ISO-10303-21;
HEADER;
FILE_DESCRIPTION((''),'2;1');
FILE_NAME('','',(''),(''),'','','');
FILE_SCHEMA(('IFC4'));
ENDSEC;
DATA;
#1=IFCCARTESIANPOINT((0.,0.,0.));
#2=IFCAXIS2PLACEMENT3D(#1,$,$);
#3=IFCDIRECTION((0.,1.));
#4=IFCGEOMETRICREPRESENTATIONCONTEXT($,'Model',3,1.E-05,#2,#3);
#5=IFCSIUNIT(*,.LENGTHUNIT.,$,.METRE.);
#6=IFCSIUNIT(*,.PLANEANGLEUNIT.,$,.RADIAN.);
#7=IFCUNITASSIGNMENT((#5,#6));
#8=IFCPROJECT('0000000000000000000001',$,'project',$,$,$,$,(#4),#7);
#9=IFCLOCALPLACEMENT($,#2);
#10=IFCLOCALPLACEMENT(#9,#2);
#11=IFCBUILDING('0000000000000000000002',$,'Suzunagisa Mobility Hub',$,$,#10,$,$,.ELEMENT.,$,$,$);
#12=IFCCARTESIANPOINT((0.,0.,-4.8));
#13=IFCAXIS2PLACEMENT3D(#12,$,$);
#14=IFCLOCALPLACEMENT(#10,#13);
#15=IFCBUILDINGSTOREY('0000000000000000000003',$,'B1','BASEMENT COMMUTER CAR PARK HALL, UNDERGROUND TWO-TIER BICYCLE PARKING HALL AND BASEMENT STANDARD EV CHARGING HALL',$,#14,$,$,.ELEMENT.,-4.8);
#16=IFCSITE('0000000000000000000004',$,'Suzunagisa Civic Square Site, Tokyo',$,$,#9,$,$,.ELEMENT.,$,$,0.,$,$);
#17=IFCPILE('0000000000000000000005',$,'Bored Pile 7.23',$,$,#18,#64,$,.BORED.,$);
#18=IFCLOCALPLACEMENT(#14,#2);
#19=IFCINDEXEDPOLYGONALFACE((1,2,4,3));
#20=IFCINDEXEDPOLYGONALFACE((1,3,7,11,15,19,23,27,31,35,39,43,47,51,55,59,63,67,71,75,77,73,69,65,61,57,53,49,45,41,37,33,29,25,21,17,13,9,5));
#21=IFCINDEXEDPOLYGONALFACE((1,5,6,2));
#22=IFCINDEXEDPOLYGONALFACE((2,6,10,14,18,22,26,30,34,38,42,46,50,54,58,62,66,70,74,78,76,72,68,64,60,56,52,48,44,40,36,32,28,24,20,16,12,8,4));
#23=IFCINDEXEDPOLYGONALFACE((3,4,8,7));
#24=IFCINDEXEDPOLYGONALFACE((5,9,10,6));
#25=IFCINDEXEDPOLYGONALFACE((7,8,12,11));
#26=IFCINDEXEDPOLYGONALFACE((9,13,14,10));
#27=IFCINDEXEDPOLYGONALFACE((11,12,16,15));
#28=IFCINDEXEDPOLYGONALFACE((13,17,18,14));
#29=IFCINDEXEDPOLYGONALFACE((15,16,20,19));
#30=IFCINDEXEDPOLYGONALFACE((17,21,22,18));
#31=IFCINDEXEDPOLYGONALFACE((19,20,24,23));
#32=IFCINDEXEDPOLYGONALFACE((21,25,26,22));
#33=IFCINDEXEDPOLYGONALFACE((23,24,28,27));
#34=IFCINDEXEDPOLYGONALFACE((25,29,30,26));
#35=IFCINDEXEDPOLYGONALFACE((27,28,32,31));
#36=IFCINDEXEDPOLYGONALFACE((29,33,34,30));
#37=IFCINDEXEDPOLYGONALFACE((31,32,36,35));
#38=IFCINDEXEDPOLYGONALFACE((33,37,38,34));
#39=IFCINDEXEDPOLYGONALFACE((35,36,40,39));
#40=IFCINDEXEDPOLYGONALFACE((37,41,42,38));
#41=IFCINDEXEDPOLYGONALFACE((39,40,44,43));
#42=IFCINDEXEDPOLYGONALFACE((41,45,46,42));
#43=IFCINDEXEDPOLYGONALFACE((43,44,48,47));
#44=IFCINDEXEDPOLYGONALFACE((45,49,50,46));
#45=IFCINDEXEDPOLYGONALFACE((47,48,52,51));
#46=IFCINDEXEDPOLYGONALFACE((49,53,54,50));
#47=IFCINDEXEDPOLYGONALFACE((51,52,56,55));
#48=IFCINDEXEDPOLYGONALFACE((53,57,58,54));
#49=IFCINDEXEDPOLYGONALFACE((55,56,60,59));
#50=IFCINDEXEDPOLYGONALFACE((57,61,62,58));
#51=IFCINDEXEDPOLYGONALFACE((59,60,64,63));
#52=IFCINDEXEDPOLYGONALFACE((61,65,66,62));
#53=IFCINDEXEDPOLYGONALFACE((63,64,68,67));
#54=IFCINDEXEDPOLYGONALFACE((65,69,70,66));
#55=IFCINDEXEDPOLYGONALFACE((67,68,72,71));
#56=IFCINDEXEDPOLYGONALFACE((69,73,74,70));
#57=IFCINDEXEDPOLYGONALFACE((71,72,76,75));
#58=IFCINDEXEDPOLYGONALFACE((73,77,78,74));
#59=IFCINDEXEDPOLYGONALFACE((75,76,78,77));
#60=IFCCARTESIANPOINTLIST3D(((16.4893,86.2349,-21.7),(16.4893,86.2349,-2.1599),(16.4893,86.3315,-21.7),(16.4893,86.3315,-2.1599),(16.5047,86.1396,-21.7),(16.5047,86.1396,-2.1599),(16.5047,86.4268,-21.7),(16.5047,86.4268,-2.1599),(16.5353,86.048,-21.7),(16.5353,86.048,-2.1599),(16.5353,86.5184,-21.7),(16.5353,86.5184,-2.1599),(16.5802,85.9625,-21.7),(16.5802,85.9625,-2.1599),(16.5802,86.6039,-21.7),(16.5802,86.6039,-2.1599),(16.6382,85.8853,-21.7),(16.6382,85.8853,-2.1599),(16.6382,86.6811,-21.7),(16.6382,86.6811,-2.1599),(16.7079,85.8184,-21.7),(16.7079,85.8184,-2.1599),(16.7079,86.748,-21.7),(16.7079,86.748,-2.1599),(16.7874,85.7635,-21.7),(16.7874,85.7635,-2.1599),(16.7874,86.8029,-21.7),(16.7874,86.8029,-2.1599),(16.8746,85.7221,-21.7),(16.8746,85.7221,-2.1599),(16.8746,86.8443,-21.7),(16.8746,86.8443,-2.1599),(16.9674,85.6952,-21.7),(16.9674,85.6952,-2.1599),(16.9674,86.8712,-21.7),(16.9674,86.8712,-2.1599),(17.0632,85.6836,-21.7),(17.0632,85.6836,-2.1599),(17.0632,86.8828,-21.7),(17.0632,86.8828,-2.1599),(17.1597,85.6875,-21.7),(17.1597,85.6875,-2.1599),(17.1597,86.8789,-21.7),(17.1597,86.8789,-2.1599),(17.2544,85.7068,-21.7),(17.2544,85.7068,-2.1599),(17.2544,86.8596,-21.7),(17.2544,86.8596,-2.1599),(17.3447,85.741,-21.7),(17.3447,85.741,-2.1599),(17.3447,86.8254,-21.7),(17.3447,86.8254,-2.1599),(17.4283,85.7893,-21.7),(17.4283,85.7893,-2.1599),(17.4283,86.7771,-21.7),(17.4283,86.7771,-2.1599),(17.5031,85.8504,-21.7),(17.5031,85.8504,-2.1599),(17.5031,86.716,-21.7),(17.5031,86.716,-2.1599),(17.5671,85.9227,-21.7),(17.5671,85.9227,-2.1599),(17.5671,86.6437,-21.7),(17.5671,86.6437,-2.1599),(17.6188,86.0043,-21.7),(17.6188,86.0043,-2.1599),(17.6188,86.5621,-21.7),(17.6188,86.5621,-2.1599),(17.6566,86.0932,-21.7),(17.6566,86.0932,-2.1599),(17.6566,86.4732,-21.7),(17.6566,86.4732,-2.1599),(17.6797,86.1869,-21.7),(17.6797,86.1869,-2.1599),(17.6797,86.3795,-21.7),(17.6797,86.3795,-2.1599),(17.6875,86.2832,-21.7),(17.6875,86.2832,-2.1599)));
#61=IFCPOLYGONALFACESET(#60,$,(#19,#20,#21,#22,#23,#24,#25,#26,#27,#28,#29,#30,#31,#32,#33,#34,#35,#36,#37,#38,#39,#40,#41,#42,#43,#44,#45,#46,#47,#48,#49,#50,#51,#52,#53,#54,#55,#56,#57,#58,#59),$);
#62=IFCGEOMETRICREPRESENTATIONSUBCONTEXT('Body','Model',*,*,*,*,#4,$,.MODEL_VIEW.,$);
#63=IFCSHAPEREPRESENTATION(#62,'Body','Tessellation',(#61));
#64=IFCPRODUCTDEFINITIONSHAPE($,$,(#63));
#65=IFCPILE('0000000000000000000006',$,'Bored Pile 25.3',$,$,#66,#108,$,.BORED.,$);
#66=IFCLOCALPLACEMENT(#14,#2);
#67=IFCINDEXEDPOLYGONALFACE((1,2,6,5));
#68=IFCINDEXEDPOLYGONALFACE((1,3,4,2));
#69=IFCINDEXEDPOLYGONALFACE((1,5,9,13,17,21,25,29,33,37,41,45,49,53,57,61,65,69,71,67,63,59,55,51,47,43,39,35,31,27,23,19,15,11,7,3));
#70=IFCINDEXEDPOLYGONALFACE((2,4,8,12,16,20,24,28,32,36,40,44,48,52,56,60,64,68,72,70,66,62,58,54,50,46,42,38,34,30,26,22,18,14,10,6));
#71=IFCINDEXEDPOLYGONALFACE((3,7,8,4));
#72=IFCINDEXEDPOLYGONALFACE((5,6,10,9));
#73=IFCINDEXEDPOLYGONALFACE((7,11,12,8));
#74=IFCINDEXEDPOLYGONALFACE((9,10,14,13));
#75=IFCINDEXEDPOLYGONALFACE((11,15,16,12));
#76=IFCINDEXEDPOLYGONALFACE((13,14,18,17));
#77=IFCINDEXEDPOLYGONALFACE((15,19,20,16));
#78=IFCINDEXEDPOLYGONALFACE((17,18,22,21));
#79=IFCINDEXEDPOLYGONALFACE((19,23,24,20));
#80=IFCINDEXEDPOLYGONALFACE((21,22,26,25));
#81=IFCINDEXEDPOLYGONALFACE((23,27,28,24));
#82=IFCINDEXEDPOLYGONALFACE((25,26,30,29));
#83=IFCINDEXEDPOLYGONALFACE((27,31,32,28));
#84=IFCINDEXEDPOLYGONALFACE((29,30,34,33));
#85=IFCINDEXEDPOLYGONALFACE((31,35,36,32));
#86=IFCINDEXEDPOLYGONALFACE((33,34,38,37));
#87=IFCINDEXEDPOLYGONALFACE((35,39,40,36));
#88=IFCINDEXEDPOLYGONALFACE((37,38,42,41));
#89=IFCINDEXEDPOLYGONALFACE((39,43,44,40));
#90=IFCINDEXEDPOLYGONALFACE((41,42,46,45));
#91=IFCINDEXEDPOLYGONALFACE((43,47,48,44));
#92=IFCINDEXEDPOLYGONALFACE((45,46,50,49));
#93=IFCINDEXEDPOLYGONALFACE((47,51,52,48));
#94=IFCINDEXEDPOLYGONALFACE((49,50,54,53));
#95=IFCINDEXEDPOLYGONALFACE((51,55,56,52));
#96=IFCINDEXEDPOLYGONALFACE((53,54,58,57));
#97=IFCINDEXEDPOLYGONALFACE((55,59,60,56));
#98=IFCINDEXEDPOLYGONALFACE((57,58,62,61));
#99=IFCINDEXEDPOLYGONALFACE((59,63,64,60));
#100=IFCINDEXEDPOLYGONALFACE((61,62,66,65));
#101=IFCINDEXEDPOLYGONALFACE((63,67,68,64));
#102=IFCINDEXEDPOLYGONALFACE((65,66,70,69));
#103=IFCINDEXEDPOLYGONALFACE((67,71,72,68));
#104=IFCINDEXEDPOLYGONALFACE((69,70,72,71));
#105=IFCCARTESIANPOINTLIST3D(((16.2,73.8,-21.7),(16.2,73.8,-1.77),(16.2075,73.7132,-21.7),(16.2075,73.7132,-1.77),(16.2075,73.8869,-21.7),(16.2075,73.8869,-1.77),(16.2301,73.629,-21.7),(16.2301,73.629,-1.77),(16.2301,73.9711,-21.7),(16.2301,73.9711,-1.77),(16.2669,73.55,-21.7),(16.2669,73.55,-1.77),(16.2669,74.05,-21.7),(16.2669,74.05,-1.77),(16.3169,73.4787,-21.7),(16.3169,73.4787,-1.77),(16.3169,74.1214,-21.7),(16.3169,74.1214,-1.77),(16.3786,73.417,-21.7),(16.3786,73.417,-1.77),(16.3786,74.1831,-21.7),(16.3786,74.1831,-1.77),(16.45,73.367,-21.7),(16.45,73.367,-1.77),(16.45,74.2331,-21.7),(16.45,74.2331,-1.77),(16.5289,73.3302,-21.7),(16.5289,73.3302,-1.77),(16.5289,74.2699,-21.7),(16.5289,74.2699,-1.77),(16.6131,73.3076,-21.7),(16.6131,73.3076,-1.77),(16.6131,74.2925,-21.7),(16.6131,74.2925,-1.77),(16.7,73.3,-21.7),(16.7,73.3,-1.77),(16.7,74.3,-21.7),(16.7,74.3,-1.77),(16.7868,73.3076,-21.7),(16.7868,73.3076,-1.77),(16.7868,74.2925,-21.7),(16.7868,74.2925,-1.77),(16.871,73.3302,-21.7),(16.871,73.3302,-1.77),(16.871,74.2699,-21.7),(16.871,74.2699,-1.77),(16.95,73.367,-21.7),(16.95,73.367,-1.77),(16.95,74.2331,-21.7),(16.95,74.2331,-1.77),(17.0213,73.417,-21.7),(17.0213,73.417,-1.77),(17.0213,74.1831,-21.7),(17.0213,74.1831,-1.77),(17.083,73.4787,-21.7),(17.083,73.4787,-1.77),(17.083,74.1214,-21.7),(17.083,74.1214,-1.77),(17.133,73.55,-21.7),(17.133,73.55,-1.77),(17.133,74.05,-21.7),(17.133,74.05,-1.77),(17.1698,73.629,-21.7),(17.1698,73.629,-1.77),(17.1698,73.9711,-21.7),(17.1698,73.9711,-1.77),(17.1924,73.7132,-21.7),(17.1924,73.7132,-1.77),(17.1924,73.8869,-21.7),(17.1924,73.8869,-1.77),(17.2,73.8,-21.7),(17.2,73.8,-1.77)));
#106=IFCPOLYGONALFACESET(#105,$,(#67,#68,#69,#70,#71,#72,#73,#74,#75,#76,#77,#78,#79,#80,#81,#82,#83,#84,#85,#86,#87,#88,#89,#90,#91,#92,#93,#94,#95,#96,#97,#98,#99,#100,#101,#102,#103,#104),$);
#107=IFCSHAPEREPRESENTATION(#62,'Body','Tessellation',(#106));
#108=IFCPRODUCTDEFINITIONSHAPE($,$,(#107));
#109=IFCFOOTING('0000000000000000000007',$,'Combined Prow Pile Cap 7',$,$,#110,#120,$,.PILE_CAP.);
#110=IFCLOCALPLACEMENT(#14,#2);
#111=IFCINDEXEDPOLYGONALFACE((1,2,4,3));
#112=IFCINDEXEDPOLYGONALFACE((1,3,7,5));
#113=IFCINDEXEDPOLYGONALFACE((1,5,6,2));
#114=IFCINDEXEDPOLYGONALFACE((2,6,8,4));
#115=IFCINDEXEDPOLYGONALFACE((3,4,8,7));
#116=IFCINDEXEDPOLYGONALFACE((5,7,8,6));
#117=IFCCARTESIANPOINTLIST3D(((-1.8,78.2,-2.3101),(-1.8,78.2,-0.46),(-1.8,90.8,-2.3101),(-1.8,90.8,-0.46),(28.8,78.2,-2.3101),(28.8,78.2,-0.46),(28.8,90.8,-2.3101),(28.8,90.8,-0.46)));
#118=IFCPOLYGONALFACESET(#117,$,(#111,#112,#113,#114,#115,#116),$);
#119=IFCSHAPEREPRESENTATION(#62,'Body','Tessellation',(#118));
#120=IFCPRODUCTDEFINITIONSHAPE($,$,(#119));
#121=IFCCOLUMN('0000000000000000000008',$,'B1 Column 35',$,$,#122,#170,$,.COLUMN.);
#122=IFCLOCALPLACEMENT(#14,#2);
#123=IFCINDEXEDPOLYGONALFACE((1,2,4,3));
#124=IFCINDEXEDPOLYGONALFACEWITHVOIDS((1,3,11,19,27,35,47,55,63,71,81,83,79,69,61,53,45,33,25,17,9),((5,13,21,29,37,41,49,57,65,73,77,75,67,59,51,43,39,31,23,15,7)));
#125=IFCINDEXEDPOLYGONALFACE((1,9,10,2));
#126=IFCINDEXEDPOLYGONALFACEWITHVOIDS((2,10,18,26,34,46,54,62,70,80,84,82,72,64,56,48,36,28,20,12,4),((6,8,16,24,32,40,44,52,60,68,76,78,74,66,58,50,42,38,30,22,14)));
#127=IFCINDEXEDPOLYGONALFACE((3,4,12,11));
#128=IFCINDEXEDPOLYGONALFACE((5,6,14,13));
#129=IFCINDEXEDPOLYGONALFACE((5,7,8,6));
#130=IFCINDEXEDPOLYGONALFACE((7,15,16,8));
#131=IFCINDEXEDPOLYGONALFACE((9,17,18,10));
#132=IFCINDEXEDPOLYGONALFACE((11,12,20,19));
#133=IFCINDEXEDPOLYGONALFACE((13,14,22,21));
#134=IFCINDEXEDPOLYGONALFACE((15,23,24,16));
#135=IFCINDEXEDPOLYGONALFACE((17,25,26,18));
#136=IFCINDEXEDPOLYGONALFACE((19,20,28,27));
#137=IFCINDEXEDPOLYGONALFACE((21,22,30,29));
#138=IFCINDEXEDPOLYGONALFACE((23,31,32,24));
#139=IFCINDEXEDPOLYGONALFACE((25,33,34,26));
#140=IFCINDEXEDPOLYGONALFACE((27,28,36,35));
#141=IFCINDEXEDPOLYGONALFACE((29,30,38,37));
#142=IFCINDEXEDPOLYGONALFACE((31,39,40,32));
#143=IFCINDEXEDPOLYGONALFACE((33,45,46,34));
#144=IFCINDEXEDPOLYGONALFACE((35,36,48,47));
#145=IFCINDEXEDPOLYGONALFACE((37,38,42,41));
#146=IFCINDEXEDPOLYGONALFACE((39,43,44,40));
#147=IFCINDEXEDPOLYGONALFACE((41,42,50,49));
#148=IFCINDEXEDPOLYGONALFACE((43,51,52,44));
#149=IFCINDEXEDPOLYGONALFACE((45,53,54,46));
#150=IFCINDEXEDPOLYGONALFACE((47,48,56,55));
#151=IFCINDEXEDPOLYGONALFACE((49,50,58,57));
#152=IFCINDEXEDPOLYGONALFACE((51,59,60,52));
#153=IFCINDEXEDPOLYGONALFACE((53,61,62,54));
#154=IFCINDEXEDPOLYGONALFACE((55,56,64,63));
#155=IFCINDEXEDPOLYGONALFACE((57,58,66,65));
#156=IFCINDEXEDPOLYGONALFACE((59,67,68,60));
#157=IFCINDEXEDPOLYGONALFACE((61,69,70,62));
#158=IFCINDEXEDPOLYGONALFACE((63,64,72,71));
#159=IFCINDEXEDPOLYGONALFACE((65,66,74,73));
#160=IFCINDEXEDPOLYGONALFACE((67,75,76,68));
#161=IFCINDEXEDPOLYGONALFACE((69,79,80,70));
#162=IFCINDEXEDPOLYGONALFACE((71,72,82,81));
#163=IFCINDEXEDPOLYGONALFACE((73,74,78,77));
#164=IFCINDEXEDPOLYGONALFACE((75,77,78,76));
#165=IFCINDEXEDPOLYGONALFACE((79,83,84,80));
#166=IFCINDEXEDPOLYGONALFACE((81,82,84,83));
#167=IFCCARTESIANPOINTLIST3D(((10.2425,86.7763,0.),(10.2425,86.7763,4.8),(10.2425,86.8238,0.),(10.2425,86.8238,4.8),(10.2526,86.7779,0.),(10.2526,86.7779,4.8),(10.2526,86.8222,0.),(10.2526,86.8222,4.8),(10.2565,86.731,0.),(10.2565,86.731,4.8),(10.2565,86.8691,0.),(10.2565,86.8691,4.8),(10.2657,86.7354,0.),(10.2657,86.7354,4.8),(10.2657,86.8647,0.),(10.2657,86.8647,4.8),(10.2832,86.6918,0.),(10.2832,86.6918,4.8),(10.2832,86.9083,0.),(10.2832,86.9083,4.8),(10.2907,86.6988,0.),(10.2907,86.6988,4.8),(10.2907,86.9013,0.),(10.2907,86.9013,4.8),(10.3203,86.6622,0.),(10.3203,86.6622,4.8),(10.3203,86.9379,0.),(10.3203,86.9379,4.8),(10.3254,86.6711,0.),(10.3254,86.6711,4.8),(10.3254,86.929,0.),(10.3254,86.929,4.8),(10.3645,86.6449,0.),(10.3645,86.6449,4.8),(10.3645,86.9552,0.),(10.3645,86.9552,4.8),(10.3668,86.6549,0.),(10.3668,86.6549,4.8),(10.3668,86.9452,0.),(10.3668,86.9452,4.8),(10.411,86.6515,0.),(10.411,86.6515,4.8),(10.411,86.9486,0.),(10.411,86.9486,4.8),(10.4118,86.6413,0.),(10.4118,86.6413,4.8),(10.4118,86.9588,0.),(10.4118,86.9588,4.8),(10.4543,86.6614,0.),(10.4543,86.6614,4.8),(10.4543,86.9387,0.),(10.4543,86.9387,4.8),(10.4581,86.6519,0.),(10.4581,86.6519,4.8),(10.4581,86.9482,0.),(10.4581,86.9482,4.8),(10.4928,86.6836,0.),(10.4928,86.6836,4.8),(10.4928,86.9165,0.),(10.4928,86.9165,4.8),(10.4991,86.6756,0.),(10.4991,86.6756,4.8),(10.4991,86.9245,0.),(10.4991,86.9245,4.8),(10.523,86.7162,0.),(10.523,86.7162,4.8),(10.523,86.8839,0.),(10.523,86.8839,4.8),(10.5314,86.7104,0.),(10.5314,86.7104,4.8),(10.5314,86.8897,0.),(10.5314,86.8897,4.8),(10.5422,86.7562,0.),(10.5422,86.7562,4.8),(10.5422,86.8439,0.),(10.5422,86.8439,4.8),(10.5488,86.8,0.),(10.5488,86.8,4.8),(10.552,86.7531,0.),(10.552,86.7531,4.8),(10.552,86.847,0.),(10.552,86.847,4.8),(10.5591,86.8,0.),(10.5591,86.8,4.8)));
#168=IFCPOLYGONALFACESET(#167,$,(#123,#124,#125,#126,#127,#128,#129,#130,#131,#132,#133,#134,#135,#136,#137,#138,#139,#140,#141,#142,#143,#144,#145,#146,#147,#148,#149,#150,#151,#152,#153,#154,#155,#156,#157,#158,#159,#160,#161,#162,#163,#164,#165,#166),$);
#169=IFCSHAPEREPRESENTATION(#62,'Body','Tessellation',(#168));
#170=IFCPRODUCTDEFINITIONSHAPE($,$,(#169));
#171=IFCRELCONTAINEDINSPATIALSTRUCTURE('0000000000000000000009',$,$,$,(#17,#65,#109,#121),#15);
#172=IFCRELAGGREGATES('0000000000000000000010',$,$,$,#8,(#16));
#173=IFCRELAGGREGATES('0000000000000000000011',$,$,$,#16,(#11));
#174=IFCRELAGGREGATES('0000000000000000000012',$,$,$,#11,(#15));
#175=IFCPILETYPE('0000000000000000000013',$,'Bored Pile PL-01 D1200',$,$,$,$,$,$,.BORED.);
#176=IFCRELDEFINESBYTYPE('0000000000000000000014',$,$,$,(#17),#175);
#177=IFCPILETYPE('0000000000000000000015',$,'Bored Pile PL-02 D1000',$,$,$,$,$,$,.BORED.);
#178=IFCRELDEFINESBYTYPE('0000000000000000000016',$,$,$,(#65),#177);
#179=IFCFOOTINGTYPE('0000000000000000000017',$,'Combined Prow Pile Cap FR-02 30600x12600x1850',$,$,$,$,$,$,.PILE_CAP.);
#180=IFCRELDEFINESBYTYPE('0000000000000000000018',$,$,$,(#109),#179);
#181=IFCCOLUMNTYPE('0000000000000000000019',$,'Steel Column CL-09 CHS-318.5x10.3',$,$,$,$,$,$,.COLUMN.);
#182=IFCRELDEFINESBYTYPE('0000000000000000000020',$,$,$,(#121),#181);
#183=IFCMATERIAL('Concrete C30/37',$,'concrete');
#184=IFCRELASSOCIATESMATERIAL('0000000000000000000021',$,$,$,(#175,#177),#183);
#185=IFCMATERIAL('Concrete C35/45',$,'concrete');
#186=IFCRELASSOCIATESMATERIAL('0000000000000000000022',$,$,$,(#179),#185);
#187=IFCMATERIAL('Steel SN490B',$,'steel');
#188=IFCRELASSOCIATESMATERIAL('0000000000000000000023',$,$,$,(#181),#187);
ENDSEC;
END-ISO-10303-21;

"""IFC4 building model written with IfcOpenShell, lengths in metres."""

from ifc_helpers import new_model, si_unit, direction, frame, origin, origin_2d, place, context, subcontext, project, spatial, rectangle, circle, hollow_circle, extrude, material, material_profile, profile_set, type_object, element, save


model = new_model("IFC4")

# Units and contexts
model_context = context("Model", 3, precision=1e-05, world=origin(), true_north=direction((0.0, 1.0)))
body_context = subcontext(model_context, "Body", "Model", "MODEL_VIEW")
ifc_project = project(units=[si_unit("LENGTHUNIT", "METRE"), si_unit("PLANEANGLEUNIT", "RADIAN")], contexts=[model_context])

# Site, building, storey
site_placement = place(None, origin())
site = spatial("IfcSite", under=ifc_project, at=site_placement, Name="Suzunagisa Civic Square Site, Tokyo", CompositionType="ELEMENT", RefElevation=0.0)
building_placement = place(site_placement, origin())
building = spatial("IfcBuilding", under=site, at=building_placement, Name="Suzunagisa Mobility Hub", CompositionType="ELEMENT")
storey_placement = place(building_placement, frame((0.0, 0.0, -4.8)))
storey = spatial("IfcBuildingStorey", under=building, at=storey_placement, Name="B1", Description="BASEMENT COMMUTER CAR PARK HALL, UNDERGROUND TWO-TIER BICYCLE PARKING HALL AND BASEMENT STANDARD EV CHARGING HALL", CompositionType="ELEMENT", Elevation=-4.8)

# Piles
ifc_material_1 = material(Name="Concrete C30/37", Category="concrete")
ifc_material_profile_1 = material_profile(ifc_material_1, circle(Radius=0.6001, at=origin_2d()), Name="BORED PILE D1200")
ifc_profile_set_1 = profile_set([ifc_material_profile_1], Name="Concrete C30/37")
pile_type_1 = type_object("IfcPileType", Name="Bored Pile PL-01 D1200", PredefinedType="BORED", material=ifc_profile_set_1)
for number, where, z_axis, x_axis, name in (
    (1, (17.0874, 86.2832, -2.1599), (0.0, 0.0, -1.0), (1.0, 0.0, 0.0), "Bored Pile 7.23"),
):
    element("IfcPile", number, at=place(storey_placement, frame(where, z_axis=z_axis, x_axis=x_axis)), inside=storey, type_object=pile_type_1, Name=name, PredefinedType="BORED", context=body_context, shape_type="SweptSolid", body=[
        extrude(circle(Radius=0.6001, at=origin_2d()), origin(), (0.0, 0.0, 1.0), 19.54),
    ])
ifc_material_profile_2 = material_profile(ifc_material_1, circle(Radius=0.5, at=origin_2d()), Name="BORED PILE D1000")
ifc_profile_set_2 = profile_set([ifc_material_profile_2], Name="Concrete C30/37")
pile_type_2 = type_object("IfcPileType", Name="Bored Pile PL-02 D1000", PredefinedType="BORED", material=ifc_profile_set_2)
pile_placement = place(storey_placement, frame((16.7, 73.8, -1.77), z_axis=(0.0, 0.0, -1.0), x_axis=(1.0, 0.0, 0.0)))
element("IfcPile", 2, at=pile_placement, inside=storey, type_object=pile_type_2, Name="Bored Pile 25.3", PredefinedType="BORED", context=body_context, shape_type="SweptSolid", body=[
    extrude(circle(Radius=0.5, at=origin_2d()), origin(), (0.0, 0.0, 1.0), 19.9299),
])

# Footing
ifc_material_2 = material(Name="Concrete C35/45", Category="concrete")
footing_type = type_object("IfcFootingType", Name="Combined Prow Pile Cap FR-02 30600x12600x1850", PredefinedType="PILE_CAP", material=ifc_material_2)
footing_placement = place(storey_placement, frame((13.5, 84.5, -2.3101), z_axis=(0.0, 0.0, 1.0), x_axis=(1.0, 0.0, 0.0)))
element("IfcFooting", 3, at=footing_placement, inside=storey, type_object=footing_type, Name="Combined Prow Pile Cap 7", PredefinedType="PILE_CAP", context=body_context, shape_type="SweptSolid", body=[
    extrude(rectangle(XDim=30.6001, YDim=12.6001, at=origin_2d()), origin(), (0.0, 0.0, 1.0), 1.8501),
])

# Column
ifc_material_3 = material(Name="Steel SN490B", Category="steel")
ifc_material_profile_3 = material_profile(ifc_material_3, hollow_circle(Radius=0.1592, WallThickness=0.0103, at=origin_2d()), Name="CHS-318.5x10.3")
ifc_profile_set_3 = profile_set([ifc_material_profile_3], Name="Steel SN490B")
column_type_1 = type_object("IfcColumnType", Name="Steel Column CL-09 CHS-318.5x10.3", PredefinedType="COLUMN", material=ifc_profile_set_3)
for number, where, z_axis, x_axis, name in (
    (4, (10.3999, 86.8, 0.0), (0.0, 0.0, 1.0), (1.0, 0.0, 0.0), "B1 Column 35"),
):
    element("IfcColumn", number, at=place(storey_placement, frame(where, z_axis=z_axis, x_axis=x_axis)), inside=storey, type_object=column_type_1, Name=name, PredefinedType="COLUMN", context=body_context, shape_type="SweptSolid", body=[
        extrude(hollow_circle(Radius=0.1592, WallThickness=0.0103, at=origin_2d()), origin(), (0.0, 0.0, 1.0), 4.8),
    ])

save(model, "model.ifc")
